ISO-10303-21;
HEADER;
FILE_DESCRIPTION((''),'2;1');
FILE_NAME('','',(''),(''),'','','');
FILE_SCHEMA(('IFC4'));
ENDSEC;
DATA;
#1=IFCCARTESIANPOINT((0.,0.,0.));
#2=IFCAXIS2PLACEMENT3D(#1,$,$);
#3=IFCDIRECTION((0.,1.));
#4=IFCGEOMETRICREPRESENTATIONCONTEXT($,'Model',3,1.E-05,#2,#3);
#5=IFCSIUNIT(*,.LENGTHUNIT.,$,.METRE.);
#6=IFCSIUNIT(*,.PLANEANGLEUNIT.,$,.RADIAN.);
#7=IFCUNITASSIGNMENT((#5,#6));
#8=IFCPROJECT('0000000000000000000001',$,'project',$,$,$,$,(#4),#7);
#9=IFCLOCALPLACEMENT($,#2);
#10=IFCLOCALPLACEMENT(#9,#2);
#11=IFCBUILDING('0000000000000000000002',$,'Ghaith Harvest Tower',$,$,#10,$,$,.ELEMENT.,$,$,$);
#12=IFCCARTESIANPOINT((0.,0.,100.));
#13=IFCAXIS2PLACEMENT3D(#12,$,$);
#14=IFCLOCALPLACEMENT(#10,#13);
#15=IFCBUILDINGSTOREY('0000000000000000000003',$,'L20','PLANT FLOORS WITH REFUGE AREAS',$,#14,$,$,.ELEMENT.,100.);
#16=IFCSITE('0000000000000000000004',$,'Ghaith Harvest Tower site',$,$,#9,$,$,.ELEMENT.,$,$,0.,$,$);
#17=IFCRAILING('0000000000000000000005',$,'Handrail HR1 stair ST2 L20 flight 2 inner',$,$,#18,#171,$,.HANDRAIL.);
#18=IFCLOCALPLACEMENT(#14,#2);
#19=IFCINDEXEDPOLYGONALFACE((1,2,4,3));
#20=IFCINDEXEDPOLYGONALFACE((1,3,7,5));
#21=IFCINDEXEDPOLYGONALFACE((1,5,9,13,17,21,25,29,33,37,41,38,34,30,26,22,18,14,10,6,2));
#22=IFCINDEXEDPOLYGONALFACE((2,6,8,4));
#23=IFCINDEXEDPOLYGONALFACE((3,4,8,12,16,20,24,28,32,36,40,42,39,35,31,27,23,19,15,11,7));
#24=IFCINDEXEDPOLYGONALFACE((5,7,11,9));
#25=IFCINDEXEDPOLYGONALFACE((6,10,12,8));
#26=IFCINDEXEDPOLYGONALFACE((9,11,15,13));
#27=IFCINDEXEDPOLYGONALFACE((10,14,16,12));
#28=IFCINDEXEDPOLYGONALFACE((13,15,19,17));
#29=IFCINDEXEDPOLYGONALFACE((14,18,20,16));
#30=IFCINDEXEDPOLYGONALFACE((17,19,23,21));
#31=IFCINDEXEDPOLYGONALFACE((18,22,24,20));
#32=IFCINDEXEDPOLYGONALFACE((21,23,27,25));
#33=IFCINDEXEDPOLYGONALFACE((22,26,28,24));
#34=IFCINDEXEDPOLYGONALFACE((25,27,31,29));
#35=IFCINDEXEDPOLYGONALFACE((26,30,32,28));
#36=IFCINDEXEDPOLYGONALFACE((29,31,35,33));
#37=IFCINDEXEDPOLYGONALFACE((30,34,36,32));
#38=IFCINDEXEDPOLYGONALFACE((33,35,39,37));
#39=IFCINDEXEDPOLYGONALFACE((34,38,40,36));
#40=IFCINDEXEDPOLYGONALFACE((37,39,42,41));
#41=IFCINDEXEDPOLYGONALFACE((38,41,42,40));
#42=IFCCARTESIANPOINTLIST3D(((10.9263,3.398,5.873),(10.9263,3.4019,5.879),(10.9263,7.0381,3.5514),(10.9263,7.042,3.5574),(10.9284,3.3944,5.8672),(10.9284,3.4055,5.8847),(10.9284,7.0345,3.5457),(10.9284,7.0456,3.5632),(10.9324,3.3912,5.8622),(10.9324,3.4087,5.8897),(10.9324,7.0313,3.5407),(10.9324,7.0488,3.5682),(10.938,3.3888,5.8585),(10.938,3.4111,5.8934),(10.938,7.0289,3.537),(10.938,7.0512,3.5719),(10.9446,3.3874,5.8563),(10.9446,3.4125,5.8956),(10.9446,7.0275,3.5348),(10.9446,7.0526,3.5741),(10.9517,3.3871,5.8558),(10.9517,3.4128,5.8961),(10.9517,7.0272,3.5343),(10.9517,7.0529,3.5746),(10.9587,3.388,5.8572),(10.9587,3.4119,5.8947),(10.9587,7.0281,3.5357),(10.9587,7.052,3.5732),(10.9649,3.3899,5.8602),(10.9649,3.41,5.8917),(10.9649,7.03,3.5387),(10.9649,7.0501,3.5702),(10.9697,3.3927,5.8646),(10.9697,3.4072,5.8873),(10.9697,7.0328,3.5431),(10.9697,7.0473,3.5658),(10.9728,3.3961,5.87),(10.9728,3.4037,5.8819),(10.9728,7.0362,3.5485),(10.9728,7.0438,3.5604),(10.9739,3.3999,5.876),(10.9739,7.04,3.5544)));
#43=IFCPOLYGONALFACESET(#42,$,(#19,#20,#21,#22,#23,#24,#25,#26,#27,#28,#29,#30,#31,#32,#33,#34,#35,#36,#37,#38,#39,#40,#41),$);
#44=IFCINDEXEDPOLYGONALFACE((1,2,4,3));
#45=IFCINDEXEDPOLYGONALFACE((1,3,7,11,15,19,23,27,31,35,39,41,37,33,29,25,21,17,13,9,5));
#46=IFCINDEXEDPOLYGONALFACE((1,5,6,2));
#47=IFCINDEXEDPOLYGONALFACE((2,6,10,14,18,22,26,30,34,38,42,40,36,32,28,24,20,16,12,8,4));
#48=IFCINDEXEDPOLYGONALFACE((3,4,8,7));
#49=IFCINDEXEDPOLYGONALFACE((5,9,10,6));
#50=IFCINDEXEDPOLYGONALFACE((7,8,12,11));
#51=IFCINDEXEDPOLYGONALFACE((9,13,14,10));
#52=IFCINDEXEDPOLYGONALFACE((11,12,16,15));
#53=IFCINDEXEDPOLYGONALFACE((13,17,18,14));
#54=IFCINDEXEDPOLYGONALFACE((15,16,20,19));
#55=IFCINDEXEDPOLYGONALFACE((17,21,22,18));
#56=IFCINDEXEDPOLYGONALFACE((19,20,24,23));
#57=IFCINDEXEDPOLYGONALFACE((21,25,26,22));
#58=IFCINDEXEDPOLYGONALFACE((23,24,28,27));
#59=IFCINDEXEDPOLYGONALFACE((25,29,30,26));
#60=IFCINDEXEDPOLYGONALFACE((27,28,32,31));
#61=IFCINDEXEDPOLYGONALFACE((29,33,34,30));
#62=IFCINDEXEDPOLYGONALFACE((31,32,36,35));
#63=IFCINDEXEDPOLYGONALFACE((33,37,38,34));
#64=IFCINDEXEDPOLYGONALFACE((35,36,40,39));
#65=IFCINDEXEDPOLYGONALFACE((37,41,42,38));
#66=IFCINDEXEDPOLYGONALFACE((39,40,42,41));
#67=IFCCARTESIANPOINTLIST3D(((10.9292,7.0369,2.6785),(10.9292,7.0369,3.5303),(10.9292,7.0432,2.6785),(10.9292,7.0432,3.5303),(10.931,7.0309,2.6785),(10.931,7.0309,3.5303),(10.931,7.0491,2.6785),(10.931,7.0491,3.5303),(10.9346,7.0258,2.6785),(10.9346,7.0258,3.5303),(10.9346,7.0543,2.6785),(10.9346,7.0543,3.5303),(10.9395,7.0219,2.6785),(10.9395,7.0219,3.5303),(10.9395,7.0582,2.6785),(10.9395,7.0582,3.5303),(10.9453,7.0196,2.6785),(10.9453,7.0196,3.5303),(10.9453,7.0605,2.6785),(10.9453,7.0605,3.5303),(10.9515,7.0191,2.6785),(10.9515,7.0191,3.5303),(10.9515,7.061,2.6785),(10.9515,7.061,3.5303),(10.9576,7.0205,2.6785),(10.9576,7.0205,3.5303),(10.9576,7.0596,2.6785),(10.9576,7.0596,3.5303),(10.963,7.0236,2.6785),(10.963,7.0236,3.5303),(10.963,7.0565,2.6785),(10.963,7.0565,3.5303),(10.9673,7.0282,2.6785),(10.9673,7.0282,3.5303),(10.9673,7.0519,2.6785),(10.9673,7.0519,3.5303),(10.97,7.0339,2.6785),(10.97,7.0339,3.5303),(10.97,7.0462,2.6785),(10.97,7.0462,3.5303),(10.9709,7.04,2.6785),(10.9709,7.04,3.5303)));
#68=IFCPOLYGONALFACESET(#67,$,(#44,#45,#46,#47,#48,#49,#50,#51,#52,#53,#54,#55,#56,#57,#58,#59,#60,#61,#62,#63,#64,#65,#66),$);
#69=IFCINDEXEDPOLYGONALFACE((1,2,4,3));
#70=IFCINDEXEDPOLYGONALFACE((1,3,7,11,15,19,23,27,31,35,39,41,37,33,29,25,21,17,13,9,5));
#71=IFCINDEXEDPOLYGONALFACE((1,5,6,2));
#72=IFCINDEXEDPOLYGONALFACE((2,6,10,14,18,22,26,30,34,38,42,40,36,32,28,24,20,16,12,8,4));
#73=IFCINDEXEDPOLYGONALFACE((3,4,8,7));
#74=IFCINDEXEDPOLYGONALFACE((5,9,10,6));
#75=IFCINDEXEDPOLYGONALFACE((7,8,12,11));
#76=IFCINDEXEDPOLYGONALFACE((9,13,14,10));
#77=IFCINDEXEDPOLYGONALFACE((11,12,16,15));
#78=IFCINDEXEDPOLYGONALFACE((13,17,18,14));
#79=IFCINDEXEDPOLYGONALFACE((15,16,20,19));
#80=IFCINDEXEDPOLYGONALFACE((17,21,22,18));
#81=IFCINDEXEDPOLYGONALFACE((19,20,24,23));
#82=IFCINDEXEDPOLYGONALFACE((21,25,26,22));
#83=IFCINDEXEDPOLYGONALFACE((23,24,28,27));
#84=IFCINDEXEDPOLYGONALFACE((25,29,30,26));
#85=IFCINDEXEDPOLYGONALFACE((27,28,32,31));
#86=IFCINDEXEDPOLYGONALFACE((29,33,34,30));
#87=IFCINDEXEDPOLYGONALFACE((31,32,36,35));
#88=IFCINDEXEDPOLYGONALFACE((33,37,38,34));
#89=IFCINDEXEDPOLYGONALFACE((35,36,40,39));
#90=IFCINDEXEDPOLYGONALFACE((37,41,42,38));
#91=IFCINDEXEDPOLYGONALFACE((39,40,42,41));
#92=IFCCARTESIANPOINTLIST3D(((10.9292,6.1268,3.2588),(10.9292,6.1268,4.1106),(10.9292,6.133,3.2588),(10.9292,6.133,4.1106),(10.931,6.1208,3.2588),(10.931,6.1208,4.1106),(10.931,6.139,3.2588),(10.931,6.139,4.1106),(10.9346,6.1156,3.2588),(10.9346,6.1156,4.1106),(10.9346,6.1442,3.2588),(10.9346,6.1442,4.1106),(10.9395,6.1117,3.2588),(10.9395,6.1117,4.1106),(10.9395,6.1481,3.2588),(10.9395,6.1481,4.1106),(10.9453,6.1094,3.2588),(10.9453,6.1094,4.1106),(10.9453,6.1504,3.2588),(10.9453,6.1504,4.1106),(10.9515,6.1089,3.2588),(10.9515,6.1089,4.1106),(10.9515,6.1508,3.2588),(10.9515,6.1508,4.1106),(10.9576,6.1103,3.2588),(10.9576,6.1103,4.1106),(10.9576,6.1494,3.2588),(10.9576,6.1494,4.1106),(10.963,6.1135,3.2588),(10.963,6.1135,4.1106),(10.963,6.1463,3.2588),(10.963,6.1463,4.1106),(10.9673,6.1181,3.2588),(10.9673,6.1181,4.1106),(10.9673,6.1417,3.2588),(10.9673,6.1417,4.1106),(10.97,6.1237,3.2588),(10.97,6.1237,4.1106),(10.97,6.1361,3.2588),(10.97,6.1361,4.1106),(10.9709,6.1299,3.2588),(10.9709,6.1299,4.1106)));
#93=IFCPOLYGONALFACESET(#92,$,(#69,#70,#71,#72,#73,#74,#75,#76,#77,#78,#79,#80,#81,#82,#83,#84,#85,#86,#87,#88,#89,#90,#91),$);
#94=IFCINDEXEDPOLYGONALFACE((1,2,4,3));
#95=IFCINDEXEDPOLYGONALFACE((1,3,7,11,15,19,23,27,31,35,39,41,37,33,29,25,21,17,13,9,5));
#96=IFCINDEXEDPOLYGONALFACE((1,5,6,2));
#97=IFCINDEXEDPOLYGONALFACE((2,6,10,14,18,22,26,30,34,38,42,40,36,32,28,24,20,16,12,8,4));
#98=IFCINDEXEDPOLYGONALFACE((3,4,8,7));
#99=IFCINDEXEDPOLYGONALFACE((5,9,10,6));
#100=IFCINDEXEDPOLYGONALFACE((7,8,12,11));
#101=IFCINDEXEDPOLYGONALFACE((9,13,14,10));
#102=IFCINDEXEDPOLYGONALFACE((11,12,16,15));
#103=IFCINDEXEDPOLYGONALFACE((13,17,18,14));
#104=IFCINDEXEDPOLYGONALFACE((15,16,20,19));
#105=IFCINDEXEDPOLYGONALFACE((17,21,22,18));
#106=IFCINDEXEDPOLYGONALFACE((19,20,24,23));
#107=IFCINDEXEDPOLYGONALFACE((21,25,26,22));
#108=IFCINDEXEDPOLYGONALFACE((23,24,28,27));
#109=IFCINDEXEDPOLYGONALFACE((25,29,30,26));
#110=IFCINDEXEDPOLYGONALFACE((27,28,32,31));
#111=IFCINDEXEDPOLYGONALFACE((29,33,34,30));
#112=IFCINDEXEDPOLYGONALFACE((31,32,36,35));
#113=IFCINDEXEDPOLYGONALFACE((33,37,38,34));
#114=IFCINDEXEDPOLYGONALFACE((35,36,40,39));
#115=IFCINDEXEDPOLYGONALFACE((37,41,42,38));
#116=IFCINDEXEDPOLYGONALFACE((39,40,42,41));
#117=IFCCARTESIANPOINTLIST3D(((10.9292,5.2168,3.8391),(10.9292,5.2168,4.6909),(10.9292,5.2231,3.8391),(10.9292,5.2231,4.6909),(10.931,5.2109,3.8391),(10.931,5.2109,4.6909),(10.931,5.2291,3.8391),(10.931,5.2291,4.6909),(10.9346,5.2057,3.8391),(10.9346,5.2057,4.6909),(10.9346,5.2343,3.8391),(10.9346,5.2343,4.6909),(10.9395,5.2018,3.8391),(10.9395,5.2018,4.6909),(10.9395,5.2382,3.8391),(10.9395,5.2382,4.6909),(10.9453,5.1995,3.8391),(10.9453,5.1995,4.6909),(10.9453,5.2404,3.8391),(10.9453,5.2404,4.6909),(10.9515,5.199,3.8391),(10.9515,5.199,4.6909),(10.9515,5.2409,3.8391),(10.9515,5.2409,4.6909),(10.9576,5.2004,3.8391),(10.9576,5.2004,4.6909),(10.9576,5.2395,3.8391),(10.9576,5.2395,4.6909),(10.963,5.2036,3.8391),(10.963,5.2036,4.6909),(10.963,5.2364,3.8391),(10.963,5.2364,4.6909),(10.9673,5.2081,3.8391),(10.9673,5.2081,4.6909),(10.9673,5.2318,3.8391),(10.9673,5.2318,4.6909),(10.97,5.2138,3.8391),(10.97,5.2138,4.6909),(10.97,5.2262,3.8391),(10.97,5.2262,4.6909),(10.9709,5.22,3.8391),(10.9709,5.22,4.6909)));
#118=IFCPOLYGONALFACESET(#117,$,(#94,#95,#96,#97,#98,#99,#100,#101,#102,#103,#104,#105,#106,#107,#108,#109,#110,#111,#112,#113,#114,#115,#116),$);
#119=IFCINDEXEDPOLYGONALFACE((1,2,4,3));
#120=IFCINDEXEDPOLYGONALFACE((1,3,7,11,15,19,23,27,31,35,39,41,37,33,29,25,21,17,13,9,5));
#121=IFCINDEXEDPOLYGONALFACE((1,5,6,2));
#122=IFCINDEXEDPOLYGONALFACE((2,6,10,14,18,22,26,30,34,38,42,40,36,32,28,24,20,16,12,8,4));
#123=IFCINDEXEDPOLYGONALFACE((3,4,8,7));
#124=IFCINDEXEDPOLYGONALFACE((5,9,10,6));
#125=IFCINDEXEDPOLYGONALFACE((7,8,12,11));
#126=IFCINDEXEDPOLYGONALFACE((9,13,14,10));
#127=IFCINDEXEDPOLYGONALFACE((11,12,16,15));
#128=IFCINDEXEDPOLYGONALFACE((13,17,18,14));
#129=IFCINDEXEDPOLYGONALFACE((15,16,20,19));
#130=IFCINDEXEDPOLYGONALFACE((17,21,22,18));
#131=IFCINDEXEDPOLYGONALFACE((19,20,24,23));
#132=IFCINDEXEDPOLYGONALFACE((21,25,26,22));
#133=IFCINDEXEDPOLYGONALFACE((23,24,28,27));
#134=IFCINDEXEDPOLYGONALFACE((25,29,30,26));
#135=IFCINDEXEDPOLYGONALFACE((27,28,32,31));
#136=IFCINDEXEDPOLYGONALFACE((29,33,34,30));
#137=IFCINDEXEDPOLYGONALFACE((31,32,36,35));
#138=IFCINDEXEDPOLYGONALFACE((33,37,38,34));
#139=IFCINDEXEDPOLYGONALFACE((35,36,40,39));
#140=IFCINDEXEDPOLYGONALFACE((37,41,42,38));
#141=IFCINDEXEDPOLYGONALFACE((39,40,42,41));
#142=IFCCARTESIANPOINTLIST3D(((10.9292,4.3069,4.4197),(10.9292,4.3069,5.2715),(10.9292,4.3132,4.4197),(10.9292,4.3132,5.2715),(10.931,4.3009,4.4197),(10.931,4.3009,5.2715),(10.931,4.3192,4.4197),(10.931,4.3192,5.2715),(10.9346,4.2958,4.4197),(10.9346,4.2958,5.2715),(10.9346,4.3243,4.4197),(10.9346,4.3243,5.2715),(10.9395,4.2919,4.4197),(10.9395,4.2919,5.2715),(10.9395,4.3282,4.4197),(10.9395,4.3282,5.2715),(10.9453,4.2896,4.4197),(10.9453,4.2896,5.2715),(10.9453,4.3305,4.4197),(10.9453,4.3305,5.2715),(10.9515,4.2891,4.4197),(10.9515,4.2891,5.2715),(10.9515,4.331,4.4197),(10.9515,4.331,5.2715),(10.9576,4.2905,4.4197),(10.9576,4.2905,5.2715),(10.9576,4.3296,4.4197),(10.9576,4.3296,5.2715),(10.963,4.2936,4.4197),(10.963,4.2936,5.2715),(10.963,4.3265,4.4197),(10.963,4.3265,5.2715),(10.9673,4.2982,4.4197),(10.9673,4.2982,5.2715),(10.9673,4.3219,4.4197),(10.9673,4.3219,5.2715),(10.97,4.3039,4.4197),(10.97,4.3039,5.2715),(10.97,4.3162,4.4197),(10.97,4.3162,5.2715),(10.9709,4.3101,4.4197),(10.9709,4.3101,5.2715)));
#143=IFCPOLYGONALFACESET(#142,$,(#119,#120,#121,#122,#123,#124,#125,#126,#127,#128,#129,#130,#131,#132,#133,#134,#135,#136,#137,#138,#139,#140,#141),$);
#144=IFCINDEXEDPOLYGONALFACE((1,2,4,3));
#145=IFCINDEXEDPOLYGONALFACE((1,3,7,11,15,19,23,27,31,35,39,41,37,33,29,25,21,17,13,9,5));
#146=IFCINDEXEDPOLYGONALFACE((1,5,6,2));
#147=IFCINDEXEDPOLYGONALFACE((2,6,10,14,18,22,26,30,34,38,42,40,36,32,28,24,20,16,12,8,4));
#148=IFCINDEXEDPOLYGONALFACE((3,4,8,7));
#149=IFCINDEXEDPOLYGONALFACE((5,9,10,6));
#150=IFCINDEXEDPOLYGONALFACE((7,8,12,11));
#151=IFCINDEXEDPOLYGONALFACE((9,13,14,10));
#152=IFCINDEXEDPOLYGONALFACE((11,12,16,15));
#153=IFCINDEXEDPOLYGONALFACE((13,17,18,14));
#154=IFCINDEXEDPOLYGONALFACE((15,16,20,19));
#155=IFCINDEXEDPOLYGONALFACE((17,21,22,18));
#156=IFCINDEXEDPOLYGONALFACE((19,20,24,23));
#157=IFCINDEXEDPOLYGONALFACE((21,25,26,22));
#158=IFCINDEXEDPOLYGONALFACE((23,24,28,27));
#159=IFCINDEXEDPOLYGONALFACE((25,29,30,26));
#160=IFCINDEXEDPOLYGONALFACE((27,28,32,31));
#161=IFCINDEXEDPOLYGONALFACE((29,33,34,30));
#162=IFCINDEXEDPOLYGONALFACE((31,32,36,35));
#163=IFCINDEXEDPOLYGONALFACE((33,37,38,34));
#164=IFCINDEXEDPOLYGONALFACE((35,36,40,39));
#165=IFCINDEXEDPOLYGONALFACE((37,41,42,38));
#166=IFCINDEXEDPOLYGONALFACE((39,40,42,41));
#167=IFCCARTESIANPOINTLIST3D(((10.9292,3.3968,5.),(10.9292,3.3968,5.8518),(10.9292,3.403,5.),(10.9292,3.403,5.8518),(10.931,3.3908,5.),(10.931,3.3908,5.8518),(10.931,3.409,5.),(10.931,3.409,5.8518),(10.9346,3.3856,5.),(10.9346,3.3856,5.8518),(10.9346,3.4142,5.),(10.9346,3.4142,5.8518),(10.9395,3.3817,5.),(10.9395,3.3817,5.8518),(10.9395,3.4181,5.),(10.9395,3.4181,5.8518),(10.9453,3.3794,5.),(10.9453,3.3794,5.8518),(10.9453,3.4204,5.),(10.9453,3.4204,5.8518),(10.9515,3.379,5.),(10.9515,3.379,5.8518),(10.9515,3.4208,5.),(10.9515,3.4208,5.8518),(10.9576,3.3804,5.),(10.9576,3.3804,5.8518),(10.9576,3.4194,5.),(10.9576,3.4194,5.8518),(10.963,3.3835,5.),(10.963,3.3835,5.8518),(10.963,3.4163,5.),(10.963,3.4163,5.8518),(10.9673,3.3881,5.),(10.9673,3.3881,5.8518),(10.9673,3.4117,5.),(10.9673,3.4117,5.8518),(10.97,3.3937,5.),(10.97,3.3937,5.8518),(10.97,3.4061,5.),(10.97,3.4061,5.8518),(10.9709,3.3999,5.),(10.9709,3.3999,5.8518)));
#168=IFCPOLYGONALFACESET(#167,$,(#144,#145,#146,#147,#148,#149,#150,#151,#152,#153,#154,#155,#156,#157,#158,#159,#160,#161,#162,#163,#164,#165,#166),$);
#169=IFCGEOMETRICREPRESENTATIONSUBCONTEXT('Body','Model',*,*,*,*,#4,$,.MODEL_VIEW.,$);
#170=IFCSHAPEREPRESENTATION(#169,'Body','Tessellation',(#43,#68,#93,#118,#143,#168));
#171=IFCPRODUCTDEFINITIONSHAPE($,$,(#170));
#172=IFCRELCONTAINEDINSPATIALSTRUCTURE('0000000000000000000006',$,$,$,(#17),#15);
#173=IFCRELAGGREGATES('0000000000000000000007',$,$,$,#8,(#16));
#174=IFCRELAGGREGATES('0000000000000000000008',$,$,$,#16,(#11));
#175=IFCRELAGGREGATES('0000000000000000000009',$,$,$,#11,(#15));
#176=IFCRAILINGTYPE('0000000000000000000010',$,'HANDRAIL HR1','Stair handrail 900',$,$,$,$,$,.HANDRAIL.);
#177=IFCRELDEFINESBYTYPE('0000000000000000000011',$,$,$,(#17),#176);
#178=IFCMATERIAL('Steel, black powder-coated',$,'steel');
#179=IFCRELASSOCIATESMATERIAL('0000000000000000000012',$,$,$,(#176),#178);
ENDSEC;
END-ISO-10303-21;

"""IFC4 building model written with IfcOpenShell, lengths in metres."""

from ifc_helpers import new_model, si_unit, direction, frame, origin, origin_2d, place, context, subcontext, project, spatial, circle, extrude, material, type_object, element, save


model = new_model("IFC4")

# Units and contexts
model_context = context("Model", 3, precision=1e-05, world=origin(), true_north=direction((0.0, 1.0)))
body_context = subcontext(model_context, "Body", "Model", "MODEL_VIEW")
ifc_project = project(units=[si_unit("LENGTHUNIT", "METRE"), si_unit("PLANEANGLEUNIT", "RADIAN")], contexts=[model_context])

# Site, building, storey
site_placement = place(None, origin())
site = spatial("IfcSite", under=ifc_project, at=site_placement, Name="Ghaith Harvest Tower site", CompositionType="ELEMENT", RefElevation=0.0)
building_placement = place(site_placement, origin())
building = spatial("IfcBuilding", under=site, at=building_placement, Name="Ghaith Harvest Tower", CompositionType="ELEMENT")
storey_placement = place(building_placement, frame((0.0, 0.0, 100.0)))
storey = spatial("IfcBuildingStorey", under=building, at=storey_placement, Name="L20", Description="PLANT FLOORS WITH REFUGE AREAS", CompositionType="ELEMENT", Elevation=100.0)

# Railing
ifc_material_1 = material(Name="Steel, black powder-coated", Category="steel")
railing_type = type_object("IfcRailingType", Name="HANDRAIL HR1", Description="Stair handrail 900", PredefinedType="HANDRAIL", material=ifc_material_1)
railing_1_placement = place(storey_placement, frame((10.95, 7.04, 2.6785)))
element("IfcRailing", 1, at=railing_1_placement, inside=storey, type_object=railing_type, Name="Handrail HR1 stair ST2 L20 flight 2 inner", PredefinedType="HANDRAIL", context=body_context, shape_type="SweptSolid", body=[
    extrude(circle(Radius=0.0239, at=origin_2d()), frame((0.0, 0.0, 0.876), z_axis=(0.0, -0.843128, 0.537713), x_axis=(1.0, 0.0, 0.0)), (0.0, 0.0, 1.0), 4.3174),
    extrude(circle(Radius=0.021, at=origin_2d()), origin(), (0.0, 0.0, 1.0), 0.8518),
    extrude(circle(Radius=0.021, at=origin_2d()), frame((0.0, -0.9102, 0.5803)), (0.0, 0.0, 1.0), 0.8518),
    extrude(circle(Radius=0.021, at=origin_2d()), frame((0.0, -1.8201, 1.1606)), (0.0, 0.0, 1.0), 0.8518),
    extrude(circle(Radius=0.021, at=origin_2d()), frame((0.0, -2.73, 1.7412)), (0.0, 0.0, 1.0), 0.8518),
    extrude(circle(Radius=0.021, at=origin_2d()), frame((0.0, -3.6401, 2.3215)), (0.0, 0.0, 1.0), 0.8518),
])

save(model, "model.ifc")
